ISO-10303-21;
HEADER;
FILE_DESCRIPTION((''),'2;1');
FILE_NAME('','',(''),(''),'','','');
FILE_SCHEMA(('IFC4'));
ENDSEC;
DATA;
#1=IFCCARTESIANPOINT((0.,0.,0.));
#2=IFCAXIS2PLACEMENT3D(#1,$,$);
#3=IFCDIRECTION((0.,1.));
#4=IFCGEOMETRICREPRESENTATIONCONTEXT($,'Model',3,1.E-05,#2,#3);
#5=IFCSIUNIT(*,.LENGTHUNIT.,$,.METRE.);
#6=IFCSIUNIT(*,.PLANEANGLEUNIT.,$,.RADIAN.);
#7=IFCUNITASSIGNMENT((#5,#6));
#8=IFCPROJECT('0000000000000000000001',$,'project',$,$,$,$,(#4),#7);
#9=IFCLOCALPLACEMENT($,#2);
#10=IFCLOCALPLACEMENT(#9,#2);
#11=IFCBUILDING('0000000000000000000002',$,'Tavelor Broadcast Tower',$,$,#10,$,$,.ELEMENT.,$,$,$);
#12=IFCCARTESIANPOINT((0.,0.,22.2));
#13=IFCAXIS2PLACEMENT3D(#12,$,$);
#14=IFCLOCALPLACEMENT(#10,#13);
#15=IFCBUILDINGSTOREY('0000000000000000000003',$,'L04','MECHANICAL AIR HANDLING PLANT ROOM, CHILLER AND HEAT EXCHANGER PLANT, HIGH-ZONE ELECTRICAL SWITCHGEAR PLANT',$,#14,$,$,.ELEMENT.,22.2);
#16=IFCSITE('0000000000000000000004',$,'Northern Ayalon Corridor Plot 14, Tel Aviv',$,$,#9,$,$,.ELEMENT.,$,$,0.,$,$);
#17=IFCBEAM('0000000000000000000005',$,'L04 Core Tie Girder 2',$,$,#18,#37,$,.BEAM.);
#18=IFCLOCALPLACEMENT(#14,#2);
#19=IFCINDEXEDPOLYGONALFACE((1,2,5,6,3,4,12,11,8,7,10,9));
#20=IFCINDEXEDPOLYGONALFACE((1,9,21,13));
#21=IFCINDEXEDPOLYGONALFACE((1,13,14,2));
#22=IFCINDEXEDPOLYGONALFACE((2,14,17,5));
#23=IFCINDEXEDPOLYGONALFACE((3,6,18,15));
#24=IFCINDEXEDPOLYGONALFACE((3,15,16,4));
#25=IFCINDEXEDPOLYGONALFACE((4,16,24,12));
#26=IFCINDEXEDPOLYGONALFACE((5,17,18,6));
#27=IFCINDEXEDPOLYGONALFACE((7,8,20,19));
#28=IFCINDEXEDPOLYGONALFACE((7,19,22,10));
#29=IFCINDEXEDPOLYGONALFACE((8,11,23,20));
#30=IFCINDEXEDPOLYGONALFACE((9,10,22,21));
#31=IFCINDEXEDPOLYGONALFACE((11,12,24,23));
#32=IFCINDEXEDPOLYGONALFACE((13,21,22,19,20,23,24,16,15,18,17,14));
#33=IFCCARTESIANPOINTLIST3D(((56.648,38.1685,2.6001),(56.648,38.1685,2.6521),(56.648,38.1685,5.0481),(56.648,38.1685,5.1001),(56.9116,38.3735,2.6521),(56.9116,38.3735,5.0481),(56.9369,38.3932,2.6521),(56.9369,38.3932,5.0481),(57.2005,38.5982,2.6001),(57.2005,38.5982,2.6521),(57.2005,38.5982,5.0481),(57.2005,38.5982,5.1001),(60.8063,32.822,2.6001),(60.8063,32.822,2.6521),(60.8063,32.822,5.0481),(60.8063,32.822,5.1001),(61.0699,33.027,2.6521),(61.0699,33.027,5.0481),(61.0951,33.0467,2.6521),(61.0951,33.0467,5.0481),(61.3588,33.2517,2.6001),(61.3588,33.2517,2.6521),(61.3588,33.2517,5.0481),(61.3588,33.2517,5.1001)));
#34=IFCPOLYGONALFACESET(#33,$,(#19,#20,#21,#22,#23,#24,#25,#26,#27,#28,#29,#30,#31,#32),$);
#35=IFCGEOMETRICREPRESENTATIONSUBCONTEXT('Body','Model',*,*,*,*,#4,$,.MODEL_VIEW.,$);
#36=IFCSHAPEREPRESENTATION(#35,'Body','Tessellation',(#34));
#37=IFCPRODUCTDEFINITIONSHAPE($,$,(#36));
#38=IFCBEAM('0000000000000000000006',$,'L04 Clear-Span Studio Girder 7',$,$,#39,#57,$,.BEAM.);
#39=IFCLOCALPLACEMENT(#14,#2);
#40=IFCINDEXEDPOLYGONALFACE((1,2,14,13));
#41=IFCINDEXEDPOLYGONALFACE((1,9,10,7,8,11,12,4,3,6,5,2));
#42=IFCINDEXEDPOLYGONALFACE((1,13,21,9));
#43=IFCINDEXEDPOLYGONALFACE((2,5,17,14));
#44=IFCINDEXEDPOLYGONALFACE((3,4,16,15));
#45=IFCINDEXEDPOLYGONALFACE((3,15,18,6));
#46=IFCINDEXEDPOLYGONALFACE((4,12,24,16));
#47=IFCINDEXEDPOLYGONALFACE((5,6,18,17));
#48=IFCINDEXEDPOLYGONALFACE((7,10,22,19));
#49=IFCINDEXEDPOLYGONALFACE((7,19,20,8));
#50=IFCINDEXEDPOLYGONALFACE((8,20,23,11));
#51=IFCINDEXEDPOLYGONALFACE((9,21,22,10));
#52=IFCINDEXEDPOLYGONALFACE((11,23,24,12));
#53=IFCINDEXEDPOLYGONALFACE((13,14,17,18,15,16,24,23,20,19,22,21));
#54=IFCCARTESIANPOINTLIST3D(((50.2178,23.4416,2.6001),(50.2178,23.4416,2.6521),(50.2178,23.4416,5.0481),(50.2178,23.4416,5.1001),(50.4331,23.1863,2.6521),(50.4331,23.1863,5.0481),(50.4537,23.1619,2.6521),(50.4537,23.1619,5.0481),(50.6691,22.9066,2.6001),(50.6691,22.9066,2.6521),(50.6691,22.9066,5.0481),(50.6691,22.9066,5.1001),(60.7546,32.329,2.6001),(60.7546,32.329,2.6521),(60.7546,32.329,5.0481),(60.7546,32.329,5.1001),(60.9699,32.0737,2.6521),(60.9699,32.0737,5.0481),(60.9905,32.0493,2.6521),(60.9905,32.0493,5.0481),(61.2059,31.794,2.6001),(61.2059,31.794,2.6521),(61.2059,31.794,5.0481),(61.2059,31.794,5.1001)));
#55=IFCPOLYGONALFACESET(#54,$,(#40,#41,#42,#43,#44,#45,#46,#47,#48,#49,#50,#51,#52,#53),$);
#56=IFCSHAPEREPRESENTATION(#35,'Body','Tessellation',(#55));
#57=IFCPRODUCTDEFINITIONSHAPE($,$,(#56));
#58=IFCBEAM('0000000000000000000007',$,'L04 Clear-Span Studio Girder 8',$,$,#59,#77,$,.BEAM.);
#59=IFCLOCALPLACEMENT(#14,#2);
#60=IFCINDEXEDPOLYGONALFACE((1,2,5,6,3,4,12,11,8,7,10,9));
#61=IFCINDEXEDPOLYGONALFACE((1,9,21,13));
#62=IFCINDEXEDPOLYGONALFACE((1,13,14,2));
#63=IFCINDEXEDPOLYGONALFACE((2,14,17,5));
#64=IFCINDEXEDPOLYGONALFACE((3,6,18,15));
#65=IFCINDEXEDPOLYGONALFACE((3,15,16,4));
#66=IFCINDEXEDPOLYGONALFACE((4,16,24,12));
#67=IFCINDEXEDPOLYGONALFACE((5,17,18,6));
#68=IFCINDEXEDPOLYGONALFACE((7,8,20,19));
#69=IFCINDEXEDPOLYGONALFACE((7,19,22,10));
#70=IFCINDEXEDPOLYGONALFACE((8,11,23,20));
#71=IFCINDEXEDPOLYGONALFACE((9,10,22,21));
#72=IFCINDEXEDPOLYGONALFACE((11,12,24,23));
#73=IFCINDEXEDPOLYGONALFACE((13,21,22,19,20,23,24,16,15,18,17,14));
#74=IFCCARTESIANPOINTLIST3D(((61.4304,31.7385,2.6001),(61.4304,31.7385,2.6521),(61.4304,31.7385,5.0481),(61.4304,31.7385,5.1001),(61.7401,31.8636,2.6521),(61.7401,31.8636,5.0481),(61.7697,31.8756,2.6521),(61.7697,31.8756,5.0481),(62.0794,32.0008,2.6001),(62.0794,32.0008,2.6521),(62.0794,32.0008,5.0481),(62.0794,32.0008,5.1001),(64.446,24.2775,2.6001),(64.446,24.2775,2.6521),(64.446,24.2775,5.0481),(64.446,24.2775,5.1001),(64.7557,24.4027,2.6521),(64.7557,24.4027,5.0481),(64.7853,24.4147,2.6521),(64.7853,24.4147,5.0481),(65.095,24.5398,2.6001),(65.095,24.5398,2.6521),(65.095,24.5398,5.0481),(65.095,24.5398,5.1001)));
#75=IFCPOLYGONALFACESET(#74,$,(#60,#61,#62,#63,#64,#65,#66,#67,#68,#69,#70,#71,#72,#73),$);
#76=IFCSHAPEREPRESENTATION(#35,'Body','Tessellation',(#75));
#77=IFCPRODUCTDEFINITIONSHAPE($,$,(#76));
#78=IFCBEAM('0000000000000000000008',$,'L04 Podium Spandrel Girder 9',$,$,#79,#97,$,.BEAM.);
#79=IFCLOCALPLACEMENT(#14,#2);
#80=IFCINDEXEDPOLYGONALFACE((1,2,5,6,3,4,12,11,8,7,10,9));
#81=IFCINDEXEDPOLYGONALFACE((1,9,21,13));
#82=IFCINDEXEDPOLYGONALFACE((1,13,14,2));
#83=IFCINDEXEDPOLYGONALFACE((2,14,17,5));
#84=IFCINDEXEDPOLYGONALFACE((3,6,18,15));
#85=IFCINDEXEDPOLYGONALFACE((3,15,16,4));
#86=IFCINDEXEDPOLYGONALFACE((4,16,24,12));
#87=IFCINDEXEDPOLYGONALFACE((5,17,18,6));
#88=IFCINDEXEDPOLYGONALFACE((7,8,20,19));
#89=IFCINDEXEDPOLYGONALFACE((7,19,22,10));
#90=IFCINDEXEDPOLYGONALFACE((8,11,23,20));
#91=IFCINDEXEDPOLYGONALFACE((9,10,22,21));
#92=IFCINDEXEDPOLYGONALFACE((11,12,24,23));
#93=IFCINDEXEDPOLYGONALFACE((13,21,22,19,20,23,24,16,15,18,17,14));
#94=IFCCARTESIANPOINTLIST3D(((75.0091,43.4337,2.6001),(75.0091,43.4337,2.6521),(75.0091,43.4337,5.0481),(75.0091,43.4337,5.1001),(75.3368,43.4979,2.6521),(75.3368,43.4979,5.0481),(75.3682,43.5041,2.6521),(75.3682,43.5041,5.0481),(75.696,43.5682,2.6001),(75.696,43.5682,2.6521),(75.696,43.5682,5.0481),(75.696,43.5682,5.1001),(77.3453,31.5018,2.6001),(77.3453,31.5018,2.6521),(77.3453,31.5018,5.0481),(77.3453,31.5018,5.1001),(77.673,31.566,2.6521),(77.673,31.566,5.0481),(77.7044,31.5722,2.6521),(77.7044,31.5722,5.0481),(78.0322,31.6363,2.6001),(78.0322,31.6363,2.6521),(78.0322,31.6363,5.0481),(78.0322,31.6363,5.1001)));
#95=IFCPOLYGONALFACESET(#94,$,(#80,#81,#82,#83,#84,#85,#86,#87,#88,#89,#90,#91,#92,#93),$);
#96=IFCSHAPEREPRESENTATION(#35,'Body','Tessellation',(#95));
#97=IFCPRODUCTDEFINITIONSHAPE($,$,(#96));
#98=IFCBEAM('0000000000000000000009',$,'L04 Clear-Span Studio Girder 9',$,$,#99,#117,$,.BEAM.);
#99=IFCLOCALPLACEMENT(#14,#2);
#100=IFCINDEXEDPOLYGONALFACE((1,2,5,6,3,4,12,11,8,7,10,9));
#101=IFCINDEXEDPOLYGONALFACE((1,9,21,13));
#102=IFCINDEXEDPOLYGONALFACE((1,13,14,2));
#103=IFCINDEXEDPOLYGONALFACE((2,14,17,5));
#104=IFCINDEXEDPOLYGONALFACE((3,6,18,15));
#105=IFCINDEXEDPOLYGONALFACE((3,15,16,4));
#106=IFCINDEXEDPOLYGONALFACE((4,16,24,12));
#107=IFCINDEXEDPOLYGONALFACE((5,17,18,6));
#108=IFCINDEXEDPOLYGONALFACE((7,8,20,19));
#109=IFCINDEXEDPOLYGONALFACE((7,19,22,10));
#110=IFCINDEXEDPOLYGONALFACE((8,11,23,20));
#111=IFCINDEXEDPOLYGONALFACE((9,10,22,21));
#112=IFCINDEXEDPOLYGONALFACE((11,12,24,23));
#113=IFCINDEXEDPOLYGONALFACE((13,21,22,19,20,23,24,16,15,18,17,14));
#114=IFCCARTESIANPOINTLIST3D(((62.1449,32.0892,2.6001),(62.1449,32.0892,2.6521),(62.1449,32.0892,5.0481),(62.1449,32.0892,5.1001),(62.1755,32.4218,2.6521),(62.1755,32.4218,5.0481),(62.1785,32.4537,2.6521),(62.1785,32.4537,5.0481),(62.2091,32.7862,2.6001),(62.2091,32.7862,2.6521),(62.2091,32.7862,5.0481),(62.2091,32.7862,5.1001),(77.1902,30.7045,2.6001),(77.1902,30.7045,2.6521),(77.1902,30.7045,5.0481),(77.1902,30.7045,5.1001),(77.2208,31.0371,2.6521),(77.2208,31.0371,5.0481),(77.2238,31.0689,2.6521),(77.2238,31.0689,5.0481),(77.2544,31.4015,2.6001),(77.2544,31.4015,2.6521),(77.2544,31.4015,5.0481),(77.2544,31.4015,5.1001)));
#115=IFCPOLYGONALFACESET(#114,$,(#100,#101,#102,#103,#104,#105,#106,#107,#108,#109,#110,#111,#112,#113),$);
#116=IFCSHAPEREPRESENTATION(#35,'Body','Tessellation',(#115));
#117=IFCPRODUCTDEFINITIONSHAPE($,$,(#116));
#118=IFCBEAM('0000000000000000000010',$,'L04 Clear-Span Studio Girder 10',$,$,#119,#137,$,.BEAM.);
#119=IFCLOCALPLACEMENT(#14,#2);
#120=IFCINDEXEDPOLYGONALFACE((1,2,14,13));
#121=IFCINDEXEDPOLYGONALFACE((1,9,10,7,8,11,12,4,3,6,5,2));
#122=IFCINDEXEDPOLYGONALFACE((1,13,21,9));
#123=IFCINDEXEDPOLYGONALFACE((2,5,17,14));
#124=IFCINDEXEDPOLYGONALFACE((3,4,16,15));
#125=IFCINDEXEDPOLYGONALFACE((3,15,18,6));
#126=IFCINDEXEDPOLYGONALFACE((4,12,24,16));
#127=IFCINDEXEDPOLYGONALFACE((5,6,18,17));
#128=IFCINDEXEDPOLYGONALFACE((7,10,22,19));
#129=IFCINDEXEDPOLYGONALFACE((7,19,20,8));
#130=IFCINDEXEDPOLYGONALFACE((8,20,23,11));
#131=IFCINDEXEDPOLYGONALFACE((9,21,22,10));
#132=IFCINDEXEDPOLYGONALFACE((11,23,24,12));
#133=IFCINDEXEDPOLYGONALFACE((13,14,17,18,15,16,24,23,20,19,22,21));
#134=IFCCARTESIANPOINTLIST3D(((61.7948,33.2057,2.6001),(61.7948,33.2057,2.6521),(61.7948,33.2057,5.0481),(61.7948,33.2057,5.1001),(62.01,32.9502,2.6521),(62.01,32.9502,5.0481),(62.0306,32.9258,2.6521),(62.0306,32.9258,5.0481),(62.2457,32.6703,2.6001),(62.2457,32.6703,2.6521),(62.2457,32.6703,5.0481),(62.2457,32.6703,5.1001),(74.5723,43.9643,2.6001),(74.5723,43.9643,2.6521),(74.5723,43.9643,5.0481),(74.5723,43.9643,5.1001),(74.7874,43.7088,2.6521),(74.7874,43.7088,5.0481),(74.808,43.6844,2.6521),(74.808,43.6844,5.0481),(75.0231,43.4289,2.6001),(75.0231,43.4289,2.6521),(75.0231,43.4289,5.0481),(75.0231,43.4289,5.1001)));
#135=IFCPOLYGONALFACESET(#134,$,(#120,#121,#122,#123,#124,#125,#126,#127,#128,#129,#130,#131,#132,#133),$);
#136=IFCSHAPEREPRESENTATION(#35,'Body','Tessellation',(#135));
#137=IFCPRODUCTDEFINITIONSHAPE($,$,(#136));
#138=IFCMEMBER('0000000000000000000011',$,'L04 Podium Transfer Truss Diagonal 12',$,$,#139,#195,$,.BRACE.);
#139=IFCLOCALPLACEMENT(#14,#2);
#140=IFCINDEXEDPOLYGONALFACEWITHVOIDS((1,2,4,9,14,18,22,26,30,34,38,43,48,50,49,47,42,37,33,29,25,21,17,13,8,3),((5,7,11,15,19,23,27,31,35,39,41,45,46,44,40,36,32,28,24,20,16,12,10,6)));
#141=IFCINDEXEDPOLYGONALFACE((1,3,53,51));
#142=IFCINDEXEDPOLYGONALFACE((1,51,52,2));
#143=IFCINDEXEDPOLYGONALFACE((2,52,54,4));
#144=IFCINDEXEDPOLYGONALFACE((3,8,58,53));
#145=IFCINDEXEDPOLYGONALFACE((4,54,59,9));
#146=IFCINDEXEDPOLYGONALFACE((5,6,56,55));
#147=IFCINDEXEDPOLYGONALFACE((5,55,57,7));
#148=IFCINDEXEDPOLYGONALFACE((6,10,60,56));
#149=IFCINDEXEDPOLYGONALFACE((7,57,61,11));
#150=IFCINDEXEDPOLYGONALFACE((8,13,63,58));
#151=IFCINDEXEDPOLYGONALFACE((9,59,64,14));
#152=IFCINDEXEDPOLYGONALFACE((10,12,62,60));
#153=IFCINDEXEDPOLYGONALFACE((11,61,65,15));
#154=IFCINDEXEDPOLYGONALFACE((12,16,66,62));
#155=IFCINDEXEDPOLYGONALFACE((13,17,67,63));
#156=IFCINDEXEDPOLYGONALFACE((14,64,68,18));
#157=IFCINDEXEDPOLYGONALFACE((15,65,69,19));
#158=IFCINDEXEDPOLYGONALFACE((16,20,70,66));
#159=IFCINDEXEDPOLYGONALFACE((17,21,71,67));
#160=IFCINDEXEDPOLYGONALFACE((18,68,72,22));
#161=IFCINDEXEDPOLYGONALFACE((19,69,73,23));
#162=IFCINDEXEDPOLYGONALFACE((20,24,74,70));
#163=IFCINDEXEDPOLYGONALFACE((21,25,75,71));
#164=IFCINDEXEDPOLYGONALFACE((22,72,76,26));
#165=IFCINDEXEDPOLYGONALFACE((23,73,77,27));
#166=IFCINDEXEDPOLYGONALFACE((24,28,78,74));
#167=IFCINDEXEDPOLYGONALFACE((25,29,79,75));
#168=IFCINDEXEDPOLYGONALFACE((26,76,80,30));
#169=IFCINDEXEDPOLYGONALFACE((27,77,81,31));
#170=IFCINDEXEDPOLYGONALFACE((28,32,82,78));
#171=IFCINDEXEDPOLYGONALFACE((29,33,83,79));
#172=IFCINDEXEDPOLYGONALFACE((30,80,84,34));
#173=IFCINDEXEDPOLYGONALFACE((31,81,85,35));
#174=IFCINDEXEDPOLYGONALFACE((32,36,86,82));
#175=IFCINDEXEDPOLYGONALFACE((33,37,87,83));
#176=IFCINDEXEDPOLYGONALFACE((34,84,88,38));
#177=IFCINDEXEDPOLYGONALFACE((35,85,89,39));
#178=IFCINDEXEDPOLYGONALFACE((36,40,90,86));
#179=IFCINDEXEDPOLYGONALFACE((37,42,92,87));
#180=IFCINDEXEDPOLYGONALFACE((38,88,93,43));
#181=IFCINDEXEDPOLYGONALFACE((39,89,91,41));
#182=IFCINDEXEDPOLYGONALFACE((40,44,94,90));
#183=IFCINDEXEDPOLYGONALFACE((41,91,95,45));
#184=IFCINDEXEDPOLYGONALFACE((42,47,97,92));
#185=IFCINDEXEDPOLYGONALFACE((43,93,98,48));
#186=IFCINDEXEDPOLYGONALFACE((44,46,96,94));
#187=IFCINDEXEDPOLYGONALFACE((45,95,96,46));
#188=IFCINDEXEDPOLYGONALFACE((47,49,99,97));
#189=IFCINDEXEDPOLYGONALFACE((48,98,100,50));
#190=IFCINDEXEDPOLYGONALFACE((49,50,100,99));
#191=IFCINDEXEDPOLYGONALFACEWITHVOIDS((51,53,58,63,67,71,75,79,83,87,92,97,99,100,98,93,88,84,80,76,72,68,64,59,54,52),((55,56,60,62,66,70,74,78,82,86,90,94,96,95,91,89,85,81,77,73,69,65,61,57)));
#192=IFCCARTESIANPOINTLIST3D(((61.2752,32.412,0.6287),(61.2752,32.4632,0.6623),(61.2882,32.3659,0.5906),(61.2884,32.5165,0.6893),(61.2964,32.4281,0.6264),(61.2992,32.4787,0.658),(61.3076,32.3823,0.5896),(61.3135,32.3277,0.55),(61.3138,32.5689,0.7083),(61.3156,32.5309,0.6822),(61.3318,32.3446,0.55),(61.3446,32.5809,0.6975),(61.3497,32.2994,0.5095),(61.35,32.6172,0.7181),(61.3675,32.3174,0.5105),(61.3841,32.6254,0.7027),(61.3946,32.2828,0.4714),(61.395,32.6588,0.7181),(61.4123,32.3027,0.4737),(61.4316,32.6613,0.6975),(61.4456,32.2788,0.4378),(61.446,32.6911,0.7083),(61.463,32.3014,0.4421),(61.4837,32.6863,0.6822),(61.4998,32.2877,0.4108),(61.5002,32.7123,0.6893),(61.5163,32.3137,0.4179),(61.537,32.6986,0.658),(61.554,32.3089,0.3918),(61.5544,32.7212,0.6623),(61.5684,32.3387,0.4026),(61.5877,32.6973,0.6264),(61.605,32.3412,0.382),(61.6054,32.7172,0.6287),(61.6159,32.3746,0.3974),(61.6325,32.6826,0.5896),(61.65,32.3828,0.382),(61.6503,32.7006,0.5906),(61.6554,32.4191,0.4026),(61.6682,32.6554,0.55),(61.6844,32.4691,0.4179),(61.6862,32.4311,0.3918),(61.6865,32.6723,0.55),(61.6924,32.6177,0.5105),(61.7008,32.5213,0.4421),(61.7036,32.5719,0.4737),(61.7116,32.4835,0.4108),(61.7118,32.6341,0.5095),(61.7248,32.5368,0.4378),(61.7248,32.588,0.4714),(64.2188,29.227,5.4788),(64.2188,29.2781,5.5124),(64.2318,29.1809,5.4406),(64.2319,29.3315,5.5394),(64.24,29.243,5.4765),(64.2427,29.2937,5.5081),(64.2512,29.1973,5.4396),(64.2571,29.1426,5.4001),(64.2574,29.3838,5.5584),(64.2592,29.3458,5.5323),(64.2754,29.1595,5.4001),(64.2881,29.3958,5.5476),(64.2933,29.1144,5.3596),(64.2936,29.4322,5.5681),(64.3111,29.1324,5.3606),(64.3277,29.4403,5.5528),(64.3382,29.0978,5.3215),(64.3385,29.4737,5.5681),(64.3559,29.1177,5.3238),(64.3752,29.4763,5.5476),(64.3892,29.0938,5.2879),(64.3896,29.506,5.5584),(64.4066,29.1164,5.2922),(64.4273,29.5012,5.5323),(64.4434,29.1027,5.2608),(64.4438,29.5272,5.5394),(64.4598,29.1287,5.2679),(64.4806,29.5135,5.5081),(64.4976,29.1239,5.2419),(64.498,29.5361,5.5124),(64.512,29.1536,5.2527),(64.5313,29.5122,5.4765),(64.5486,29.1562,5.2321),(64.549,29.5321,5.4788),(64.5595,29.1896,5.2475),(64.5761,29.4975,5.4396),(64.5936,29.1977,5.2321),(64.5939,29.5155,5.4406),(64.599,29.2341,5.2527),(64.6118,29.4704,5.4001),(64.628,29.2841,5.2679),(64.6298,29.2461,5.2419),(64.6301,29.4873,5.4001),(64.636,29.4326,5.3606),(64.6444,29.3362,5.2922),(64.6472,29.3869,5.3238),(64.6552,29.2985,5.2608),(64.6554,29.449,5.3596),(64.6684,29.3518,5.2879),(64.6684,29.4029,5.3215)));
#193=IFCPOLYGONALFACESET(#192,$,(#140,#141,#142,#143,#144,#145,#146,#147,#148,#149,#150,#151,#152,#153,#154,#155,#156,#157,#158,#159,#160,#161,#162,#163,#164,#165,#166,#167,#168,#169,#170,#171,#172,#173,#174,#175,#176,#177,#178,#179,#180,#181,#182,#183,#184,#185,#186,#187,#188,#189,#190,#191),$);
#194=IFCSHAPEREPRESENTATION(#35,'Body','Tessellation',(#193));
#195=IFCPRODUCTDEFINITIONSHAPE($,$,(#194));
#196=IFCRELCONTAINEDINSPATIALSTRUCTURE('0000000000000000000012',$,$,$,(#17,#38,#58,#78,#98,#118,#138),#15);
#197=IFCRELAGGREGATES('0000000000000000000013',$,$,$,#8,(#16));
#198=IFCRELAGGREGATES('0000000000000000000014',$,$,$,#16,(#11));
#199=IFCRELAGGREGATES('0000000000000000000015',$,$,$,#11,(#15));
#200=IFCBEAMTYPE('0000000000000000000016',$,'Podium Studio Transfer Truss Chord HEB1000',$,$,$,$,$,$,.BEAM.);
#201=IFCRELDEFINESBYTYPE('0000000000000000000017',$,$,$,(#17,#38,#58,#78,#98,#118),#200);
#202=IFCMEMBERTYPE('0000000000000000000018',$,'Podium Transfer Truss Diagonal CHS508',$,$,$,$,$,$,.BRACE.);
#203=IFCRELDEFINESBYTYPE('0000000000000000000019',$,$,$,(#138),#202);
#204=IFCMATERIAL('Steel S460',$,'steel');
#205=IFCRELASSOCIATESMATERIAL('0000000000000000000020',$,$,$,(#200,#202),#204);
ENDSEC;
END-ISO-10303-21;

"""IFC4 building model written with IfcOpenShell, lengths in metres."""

from ifc_helpers import new_model, si_unit, direction, frame, origin, origin_2d, place, context, subcontext, project, spatial, hollow_circle, i_section, extrude, material, material_profile, profile_set, type_object, element, save


model = new_model("IFC4")

# Units and contexts
model_context = context("Model", 3, precision=1e-05, world=origin(), true_north=direction((0.0, 1.0)))
body_context = subcontext(model_context, "Body", "Model", "MODEL_VIEW")
ifc_project = project(units=[si_unit("LENGTHUNIT", "METRE"), si_unit("PLANEANGLEUNIT", "RADIAN")], contexts=[model_context])

# Site, building, storey
site_placement = place(None, origin())
site = spatial("IfcSite", under=ifc_project, at=site_placement, Name="Northern Ayalon Corridor Plot 14, Tel Aviv", CompositionType="ELEMENT", RefElevation=0.0)
building_placement = place(site_placement, origin())
building = spatial("IfcBuilding", under=site, at=building_placement, Name="Tavelor Broadcast Tower", CompositionType="ELEMENT")
storey_placement = place(building_placement, frame((0.0, 0.0, 22.2)))
storey = spatial("IfcBuildingStorey", under=building, at=storey_placement, Name="L04", Description="MECHANICAL AIR HANDLING PLANT ROOM, CHILLER AND HEAT EXCHANGER PLANT, HIGH-ZONE ELECTRICAL SWITCHGEAR PLANT", CompositionType="ELEMENT", Elevation=22.2)

# Shared definitions
ifc_material_1 = material(Name="Steel S460", Category="steel")

# Beams
ifc_material_profile_1 = material_profile(ifc_material_1, i_section(OverallWidth=0.7, OverallDepth=2.5, WebThickness=0.032, FlangeThickness=0.052, at=origin_2d()), Name="PG 2500x700")
ifc_profile_set_1 = profile_set([ifc_material_profile_1], Name="Steel S460")
beam_type_1 = type_object("IfcBeamType", Name="Podium Studio Transfer Truss Chord HEB1000", PredefinedType="BEAM", material=ifc_profile_set_1)
beam_1_placement = place(storey_placement, frame((61.0825, 33.0369, 3.8501), z_axis=(-0.613928, 0.789362, 0.0), x_axis=(-0.789362, -0.613928, 0.0)))
element("IfcBeam", 1, at=beam_1_placement, inside=storey, type_object=beam_type_1, Name="L04 Core Tie Girder 2", PredefinedType="BEAM", context=body_context, shape_type="SweptSolid", body=[
    extrude(i_section(OverallWidth=0.7, OverallDepth=2.5, WebThickness=0.032, FlangeThickness=0.052, at=origin_2d()), origin(), (0.0, 0.0, 1.0), 6.7732),
])
beam_2_placement = place(storey_placement, frame((60.9802, 32.0615, 3.8501), z_axis=(-0.7644, -0.644743, 0.0), x_axis=(0.644743, -0.7644, 0.0)))
element("IfcBeam", 2, at=beam_2_placement, inside=storey, type_object=beam_type_1, Name="L04 Clear-Span Studio Girder 7", PredefinedType="BEAM", context=body_context, shape_type="SweptSolid", body=[
    extrude(i_section(OverallWidth=0.7, OverallDepth=2.5, WebThickness=0.032, FlangeThickness=0.052, at=origin_2d()), origin(), (0.0, 0.0, 1.0), 13.7844),
])
beam_3_placement = place(storey_placement, frame((61.7549, 31.8696, 3.8501), z_axis=(0.374736, -0.927132, 0.0), x_axis=(0.927132, 0.374736, 0.0)))
element("IfcBeam", 3, at=beam_3_placement, inside=storey, type_object=beam_type_1, Name="L04 Clear-Span Studio Girder 8", PredefinedType="BEAM", context=body_context, shape_type="SweptSolid", body=[
    extrude(i_section(OverallWidth=0.7, OverallDepth=2.5, WebThickness=0.032, FlangeThickness=0.052, at=origin_2d()), origin(), (0.0, 0.0, 1.0), 8.0474),
])
beam_4_placement = place(storey_placement, frame((77.6887, 31.5691, 3.8501), z_axis=(-0.192145, 0.981367, 0.0), x_axis=(-0.981367, -0.192145, 0.0)))
element("IfcBeam", 4, at=beam_4_placement, inside=storey, type_object=beam_type_1, Name="L04 Podium Spandrel Girder 9", PredefinedType="BEAM", context=body_context, shape_type="SweptSolid", body=[
    extrude(i_section(OverallWidth=0.7, OverallDepth=2.5, WebThickness=0.032, FlangeThickness=0.052, at=origin_2d()), origin(), (0.0, 0.0, 1.0), 12.1584),
])
beam_5_placement = place(storey_placement, frame((62.177, 32.4377, 3.8501), z_axis=(0.995791, -0.091652, 0.0), x_axis=(0.091652, 0.995791, 0.0)))
element("IfcBeam", 5, at=beam_5_placement, inside=storey, type_object=beam_type_1, Name="L04 Clear-Span Studio Girder 9", PredefinedType="BEAM", context=body_context, shape_type="SweptSolid", body=[
    extrude(i_section(OverallWidth=0.7, OverallDepth=2.5, WebThickness=0.032, FlangeThickness=0.052, at=origin_2d()), origin(), (0.0, 0.0, 1.0), 15.1089),
])
beam_6_placement = place(storey_placement, frame((62.0203, 32.938, 3.8501), z_axis=(0.76495, 0.644089, 0.0), x_axis=(-0.644089, 0.76495, 0.0)))
element("IfcBeam", 6, at=beam_6_placement, inside=storey, type_object=beam_type_1, Name="L04 Clear-Span Studio Girder 10", PredefinedType="BEAM", context=body_context, shape_type="SweptSolid", body=[
    extrude(i_section(OverallWidth=0.7, OverallDepth=2.5, WebThickness=0.032, FlangeThickness=0.052, at=origin_2d()), origin(), (0.0, 0.0, 1.0), 16.7036),
])

# Member
ifc_material_profile_2 = material_profile(ifc_material_1, hollow_circle(Radius=0.2539, WallThickness=0.0249, at=origin_2d()), Name="CHS 508x25")
ifc_profile_set_2 = profile_set([ifc_material_profile_2], Name="Steel S460")
member_type = type_object("IfcMemberType", Name="Podium Transfer Truss Diagonal CHS508", PredefinedType="BRACE", material=ifc_profile_set_2)
member_1_placement = place(storey_placement, frame((61.5, 32.5, 0.55), z_axis=(0.452419, -0.489529, 0.745438), x_axis=(0.734395, 0.678722, 0.0)))
element("IfcMember", 7, at=member_1_placement, inside=storey, type_object=member_type, Name="L04 Podium Transfer Truss Diagonal 12", PredefinedType="BRACE", context=body_context, shape_type="SweptSolid", body=[
    extrude(hollow_circle(Radius=0.2539, WallThickness=0.0249, at=origin_2d()), origin(), (0.0, 0.0, 1.0), 6.5063),
])

save(model, "model.ifc")
